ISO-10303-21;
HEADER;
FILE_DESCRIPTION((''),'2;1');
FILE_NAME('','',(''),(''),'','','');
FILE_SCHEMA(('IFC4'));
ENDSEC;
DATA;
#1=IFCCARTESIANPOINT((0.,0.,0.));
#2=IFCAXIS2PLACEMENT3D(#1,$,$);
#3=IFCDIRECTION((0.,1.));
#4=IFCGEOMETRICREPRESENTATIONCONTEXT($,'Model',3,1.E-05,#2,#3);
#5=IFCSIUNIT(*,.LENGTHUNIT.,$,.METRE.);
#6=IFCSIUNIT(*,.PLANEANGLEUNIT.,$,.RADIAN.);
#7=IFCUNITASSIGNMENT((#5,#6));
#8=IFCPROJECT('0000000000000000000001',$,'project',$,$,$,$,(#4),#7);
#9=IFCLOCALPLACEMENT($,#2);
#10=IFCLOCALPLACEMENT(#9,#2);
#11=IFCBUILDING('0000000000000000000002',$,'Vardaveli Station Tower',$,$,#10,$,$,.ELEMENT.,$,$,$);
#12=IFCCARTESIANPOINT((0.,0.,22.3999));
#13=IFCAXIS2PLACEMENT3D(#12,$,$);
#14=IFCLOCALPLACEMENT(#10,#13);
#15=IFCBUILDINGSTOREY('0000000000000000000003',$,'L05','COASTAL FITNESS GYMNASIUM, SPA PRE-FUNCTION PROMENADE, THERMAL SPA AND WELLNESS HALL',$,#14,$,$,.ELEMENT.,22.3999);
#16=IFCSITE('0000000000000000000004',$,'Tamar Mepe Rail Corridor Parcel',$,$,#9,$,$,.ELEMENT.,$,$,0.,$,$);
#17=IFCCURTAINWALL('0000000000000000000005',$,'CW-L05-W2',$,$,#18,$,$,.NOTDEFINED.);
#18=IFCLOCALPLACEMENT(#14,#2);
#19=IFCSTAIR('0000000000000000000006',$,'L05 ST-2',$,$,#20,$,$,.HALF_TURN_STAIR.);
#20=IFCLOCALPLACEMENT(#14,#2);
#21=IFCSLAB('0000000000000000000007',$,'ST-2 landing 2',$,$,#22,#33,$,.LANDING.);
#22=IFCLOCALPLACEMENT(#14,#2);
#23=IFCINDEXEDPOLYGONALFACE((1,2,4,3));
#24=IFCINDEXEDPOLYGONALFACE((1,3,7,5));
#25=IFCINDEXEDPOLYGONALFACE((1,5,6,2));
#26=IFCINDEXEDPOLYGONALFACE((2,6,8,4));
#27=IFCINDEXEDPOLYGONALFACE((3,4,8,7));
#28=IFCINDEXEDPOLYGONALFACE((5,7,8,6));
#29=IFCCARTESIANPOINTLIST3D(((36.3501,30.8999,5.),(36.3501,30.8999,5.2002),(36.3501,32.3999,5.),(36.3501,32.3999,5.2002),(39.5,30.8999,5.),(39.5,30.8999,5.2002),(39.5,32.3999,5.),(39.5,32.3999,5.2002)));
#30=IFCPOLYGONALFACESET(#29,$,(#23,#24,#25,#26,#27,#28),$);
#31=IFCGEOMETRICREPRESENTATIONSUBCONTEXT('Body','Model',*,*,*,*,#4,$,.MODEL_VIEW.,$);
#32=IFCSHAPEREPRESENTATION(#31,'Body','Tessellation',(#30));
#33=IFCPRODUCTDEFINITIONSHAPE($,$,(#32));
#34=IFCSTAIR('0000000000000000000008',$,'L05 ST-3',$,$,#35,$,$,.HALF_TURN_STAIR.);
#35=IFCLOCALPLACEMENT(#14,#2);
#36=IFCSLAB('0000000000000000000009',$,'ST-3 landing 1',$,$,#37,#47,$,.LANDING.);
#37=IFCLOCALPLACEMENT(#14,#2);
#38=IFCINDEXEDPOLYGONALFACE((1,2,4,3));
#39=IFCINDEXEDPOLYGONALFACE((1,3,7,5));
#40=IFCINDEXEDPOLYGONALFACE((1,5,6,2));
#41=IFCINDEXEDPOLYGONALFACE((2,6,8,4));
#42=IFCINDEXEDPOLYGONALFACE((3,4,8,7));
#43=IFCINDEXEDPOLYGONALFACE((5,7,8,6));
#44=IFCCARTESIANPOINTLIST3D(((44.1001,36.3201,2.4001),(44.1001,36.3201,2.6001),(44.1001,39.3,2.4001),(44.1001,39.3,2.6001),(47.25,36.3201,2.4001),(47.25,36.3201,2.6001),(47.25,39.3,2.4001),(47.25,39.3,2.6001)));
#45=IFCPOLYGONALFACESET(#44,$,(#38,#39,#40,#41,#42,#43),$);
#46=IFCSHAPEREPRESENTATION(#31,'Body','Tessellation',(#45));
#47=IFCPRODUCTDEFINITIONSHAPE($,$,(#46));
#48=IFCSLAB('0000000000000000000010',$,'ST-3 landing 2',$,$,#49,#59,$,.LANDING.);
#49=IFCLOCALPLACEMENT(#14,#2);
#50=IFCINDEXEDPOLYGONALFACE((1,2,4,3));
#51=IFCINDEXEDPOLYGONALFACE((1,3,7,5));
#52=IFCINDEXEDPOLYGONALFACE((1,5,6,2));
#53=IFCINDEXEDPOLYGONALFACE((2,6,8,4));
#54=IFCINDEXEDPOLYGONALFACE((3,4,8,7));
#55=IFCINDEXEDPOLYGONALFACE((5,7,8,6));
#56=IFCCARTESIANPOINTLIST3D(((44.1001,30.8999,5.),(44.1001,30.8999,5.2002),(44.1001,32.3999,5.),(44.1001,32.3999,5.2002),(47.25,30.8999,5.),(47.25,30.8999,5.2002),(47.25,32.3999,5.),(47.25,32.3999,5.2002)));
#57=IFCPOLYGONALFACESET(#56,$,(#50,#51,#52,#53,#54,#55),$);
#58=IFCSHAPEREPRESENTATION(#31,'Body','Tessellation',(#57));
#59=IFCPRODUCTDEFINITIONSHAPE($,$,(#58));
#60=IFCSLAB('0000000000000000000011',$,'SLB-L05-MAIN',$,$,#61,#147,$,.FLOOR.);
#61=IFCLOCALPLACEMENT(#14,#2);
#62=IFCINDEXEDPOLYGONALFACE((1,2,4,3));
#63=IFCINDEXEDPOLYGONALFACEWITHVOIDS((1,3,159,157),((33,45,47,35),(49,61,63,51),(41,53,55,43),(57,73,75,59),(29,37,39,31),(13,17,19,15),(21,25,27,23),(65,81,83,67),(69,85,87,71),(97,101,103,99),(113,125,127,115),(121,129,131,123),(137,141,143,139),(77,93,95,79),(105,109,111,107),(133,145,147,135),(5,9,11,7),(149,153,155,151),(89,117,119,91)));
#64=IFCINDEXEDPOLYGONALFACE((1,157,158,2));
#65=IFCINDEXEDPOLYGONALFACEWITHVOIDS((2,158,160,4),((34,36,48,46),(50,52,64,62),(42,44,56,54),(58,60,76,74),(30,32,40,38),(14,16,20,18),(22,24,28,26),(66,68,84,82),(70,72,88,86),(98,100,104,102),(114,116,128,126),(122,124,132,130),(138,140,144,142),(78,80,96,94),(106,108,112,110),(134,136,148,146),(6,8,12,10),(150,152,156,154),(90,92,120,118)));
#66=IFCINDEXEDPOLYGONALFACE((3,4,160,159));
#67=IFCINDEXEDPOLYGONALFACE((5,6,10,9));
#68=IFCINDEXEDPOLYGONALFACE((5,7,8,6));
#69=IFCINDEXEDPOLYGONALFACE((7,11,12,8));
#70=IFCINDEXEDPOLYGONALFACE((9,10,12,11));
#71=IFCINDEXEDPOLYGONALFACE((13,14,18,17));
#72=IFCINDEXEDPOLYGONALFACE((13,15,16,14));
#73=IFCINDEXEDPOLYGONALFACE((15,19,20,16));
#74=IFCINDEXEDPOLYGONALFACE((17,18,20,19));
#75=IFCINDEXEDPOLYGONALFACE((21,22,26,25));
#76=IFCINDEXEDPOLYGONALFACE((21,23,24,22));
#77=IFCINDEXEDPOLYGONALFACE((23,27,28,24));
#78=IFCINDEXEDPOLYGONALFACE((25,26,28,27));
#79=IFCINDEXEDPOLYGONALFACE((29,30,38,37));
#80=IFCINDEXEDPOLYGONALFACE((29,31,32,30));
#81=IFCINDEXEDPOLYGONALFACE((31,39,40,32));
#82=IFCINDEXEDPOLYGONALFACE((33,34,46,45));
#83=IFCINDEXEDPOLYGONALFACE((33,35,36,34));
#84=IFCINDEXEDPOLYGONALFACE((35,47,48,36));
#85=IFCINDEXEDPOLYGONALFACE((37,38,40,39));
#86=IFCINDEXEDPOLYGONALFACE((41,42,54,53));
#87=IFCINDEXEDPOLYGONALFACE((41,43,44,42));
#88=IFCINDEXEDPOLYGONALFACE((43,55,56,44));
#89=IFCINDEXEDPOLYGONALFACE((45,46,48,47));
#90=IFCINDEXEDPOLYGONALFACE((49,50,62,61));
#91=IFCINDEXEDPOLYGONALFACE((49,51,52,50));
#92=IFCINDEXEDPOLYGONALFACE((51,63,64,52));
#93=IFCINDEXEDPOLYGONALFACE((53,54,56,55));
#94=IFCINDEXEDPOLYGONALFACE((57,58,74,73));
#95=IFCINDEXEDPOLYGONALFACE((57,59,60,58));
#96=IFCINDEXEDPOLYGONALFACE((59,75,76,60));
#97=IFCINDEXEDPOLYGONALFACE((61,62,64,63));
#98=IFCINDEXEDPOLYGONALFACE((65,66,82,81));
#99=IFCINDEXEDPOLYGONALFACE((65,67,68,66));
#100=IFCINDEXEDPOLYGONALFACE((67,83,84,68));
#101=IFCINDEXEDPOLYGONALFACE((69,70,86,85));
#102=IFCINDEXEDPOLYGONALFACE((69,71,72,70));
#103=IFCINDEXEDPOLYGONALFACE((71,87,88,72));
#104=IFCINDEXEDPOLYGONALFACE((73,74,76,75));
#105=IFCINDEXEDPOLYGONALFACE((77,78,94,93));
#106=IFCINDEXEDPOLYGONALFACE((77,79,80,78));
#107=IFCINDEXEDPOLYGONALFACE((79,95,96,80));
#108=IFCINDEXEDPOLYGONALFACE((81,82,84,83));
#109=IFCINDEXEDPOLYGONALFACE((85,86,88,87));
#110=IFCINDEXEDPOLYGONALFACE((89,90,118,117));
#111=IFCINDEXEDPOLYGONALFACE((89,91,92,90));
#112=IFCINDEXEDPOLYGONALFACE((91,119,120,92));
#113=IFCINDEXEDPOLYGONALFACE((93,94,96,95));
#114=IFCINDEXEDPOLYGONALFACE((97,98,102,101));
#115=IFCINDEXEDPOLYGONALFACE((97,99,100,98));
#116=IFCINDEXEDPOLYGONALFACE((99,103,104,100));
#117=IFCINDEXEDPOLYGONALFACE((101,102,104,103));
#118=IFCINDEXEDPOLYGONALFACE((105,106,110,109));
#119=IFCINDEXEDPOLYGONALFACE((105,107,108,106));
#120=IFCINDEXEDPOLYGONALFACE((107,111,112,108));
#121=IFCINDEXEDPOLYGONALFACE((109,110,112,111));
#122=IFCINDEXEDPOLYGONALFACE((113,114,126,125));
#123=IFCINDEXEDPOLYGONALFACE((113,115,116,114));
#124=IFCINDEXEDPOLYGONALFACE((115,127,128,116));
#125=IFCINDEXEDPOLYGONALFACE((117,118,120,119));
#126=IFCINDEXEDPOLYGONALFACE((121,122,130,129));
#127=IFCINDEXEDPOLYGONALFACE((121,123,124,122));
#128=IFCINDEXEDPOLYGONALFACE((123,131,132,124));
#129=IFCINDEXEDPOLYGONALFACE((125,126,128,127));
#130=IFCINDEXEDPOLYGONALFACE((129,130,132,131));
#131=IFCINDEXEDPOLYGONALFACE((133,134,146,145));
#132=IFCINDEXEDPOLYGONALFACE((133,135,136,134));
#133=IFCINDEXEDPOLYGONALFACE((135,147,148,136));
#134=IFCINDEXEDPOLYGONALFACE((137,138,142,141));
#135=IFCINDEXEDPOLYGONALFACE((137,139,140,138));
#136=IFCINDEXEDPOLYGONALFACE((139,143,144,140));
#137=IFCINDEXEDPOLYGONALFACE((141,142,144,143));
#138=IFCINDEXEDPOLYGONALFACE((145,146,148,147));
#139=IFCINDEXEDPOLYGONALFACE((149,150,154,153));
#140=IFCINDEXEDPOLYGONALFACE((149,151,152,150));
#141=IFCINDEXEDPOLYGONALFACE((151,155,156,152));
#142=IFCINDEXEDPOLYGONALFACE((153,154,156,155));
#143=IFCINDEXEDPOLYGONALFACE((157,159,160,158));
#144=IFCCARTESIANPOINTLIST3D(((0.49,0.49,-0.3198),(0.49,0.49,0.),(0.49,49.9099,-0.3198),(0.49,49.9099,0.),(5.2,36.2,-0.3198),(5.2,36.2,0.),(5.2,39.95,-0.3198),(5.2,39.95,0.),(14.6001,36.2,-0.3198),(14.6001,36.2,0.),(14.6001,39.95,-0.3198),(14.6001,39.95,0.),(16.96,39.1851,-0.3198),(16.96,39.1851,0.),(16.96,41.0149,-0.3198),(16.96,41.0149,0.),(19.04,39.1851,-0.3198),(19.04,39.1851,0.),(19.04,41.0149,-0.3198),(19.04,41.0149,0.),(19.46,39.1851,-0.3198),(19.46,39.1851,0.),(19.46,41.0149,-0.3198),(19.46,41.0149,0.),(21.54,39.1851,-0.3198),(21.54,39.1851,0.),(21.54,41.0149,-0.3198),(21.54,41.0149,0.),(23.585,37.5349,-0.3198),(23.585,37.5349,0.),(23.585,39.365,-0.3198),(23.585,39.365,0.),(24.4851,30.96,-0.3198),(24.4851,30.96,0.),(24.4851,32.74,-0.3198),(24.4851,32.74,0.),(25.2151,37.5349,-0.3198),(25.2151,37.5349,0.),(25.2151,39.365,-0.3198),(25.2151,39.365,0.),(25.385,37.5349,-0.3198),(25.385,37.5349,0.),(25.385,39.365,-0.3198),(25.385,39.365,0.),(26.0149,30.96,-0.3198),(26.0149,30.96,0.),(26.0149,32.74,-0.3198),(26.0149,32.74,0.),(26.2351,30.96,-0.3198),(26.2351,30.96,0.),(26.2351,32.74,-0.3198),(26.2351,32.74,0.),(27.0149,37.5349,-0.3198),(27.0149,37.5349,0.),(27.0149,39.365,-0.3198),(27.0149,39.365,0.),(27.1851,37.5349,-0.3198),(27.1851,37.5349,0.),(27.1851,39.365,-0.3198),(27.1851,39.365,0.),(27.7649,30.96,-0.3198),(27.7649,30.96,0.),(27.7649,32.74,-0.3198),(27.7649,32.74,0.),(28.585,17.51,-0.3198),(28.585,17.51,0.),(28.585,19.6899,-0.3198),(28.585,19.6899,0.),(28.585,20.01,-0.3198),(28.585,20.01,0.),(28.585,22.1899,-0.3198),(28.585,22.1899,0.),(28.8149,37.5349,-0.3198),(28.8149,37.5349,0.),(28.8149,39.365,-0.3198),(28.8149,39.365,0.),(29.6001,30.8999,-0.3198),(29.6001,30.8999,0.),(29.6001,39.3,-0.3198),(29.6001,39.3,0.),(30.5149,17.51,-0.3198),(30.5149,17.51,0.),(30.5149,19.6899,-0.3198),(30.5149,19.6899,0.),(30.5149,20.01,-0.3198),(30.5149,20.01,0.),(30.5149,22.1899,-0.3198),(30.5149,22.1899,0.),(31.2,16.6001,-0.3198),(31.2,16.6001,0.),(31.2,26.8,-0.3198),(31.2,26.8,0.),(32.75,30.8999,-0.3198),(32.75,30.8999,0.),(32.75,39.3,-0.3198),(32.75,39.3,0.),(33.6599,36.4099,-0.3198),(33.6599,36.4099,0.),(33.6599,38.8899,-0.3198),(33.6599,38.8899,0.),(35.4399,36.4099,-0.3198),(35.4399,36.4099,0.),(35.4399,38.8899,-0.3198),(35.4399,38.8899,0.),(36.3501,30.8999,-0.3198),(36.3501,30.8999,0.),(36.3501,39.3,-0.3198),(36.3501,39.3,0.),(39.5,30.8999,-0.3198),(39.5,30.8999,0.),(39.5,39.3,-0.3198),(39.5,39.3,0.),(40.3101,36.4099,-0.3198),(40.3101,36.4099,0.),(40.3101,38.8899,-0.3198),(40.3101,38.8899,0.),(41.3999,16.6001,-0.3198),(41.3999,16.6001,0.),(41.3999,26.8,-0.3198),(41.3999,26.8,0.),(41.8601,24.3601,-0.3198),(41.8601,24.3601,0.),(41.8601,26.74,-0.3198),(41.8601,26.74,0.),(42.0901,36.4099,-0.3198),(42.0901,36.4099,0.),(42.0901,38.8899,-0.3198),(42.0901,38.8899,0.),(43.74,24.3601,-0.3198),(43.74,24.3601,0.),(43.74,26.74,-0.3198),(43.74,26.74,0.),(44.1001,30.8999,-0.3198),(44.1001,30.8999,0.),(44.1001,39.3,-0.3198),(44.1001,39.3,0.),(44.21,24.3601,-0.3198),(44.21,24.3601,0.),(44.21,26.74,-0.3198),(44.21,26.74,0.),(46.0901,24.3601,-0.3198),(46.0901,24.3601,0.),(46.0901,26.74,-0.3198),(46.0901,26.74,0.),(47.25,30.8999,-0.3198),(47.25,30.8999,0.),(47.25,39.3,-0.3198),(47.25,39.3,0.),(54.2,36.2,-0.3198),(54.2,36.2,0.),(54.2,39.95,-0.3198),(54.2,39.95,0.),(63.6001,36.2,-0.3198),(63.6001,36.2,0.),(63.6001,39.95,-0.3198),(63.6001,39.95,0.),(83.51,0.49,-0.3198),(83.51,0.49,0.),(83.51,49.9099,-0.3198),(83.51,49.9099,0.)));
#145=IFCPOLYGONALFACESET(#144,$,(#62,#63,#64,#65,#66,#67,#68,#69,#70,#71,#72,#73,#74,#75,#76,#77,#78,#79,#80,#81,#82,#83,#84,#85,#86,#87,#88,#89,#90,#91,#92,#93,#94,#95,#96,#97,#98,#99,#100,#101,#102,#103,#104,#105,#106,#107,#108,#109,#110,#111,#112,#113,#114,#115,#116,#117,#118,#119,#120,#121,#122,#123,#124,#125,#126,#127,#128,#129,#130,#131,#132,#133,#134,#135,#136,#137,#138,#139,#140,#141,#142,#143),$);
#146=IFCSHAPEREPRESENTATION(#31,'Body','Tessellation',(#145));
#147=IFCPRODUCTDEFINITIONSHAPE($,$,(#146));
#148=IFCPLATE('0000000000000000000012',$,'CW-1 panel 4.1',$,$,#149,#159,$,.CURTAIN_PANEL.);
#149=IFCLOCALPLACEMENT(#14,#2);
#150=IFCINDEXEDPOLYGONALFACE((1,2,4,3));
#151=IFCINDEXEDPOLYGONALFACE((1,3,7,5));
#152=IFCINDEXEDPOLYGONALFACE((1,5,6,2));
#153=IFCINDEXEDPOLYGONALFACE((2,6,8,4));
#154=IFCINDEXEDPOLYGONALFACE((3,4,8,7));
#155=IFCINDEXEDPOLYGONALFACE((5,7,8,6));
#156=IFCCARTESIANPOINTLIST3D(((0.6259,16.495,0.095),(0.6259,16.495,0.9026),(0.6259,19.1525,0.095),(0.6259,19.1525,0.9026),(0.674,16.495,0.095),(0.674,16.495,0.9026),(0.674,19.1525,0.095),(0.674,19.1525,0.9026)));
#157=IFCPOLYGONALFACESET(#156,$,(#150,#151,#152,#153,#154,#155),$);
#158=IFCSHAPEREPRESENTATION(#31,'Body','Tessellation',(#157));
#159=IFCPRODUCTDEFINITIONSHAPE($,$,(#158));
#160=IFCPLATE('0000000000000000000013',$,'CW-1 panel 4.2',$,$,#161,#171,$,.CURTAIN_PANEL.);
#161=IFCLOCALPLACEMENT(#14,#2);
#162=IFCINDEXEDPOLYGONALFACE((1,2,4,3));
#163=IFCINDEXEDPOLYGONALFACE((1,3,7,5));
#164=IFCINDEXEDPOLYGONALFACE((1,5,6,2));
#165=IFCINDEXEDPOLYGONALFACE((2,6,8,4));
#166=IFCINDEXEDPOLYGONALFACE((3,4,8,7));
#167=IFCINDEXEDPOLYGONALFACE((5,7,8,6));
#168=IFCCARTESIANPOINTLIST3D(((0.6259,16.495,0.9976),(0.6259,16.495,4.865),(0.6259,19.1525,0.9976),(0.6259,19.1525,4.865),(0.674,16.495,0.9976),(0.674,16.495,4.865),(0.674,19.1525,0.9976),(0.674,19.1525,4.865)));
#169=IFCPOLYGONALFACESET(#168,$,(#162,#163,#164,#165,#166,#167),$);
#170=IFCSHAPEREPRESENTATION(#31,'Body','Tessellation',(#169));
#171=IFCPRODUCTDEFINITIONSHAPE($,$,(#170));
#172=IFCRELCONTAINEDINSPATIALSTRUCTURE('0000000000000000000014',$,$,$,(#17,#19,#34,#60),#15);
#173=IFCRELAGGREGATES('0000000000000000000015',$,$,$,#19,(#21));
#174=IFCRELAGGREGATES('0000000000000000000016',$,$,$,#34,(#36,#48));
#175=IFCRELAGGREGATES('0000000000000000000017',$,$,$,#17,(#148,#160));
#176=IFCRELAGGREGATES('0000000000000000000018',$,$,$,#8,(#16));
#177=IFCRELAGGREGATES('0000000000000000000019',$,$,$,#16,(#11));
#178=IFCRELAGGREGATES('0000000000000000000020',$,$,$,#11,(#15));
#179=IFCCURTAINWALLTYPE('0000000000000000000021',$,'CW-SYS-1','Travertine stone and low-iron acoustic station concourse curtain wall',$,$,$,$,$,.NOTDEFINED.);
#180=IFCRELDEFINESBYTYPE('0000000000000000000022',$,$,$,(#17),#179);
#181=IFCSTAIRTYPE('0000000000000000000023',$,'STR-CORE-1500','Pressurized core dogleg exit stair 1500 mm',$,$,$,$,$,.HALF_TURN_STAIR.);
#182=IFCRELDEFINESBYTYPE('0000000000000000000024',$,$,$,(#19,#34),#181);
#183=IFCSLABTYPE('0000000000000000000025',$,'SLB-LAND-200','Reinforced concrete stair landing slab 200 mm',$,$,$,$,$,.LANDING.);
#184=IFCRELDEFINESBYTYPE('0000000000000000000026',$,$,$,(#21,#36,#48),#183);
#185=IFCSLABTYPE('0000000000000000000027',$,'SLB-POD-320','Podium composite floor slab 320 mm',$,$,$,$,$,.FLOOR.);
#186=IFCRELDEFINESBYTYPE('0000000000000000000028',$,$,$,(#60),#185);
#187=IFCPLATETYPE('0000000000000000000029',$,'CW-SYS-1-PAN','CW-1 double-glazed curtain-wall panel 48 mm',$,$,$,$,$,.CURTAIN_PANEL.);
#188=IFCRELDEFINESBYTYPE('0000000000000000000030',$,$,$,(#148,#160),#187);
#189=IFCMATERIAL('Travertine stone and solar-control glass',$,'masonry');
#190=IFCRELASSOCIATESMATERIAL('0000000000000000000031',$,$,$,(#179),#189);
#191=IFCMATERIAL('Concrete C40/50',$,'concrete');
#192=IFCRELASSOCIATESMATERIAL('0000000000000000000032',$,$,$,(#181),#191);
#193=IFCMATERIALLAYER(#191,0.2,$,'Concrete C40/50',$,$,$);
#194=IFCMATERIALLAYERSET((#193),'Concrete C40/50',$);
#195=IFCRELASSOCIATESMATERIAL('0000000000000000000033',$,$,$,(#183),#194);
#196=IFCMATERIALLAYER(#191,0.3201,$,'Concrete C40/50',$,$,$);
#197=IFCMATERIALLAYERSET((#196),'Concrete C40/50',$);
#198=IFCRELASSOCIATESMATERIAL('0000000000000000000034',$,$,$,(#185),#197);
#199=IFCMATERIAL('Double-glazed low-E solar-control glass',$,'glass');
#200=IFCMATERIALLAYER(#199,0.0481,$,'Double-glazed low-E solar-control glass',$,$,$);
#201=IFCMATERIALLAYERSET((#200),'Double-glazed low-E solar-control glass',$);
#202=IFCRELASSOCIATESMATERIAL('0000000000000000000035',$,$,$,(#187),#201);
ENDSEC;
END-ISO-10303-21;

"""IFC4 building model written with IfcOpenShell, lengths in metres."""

from ifc_helpers import new_model, si_unit, direction, frame, origin, origin_2d, place, context, subcontext, project, spatial, polyline, rectangle, outline, extrude, source, transform, mapped, material, layer, layer_set, type_object, element, aggregate, save


model = new_model("IFC4")

# Units and contexts
model_context = context("Model", 3, precision=1e-05, world=origin(), true_north=direction((0.0, 1.0)))
body_context = subcontext(model_context, "Body", "Model", "MODEL_VIEW")
ifc_project = project(units=[si_unit("LENGTHUNIT", "METRE"), si_unit("PLANEANGLEUNIT", "RADIAN")], contexts=[model_context])

# Site, building, storey
site_placement = place(None, origin())
site = spatial("IfcSite", under=ifc_project, at=site_placement, Name="Tamar Mepe Rail Corridor Parcel", CompositionType="ELEMENT", RefElevation=0.0)
building_placement = place(site_placement, origin())
building = spatial("IfcBuilding", under=site, at=building_placement, Name="Vardaveli Station Tower", CompositionType="ELEMENT")
storey_placement = place(building_placement, frame((0.0, 0.0, 22.3999)))
storey = spatial("IfcBuildingStorey", under=building, at=storey_placement, Name="L05", Description="COASTAL FITNESS GYMNASIUM, SPA PRE-FUNCTION PROMENADE, THERMAL SPA AND WELLNESS HALL", CompositionType="ELEMENT", Elevation=22.3999)

# Curtain wall
ifc_material_1 = material(Name="Travertine stone and solar-control glass", Category="masonry")
curtain_wall_type = type_object("IfcCurtainWallType", Name="CW-SYS-1", Description="Travertine stone and low-iron acoustic station concourse curtain wall", PredefinedType="NOTDEFINED", material=ifc_material_1)
curtain_wall_1_placement = place(storey_placement, origin())
curtain_wall_1 = element("IfcCurtainWall", 1, at=curtain_wall_1_placement, inside=storey, type_object=curtain_wall_type, Name="CW-L05-W2", PredefinedType="NOTDEFINED")

# Stairs, slabs
ifc_material_2 = material(Name="Concrete C40/50", Category="concrete")
stair_type = type_object("IfcStairType", Name="STR-CORE-1500", Description="Pressurized core dogleg exit stair 1500 mm", PredefinedType="HALF_TURN_STAIR", material=ifc_material_2)
ifc_layer_1 = layer(ifc_material_2, 0.2, Name="Concrete C40/50")
ifc_layer_set_1 = layer_set([ifc_layer_1], Name="Concrete C40/50")
slab_type_1 = type_object("IfcSlabType", Name="SLB-LAND-200", Description="Reinforced concrete stair landing slab 200 mm", PredefinedType="LANDING", material=ifc_layer_set_1)
stair_1_placement = place(storey_placement, origin())
stair_1 = element("IfcStair", 2, at=stair_1_placement, inside=storey, type_object=stair_type, Name="L05 ST-2", PredefinedType="HALF_TURN_STAIR")
slab_1_placement = place(storey_placement, frame((0.0, 0.0, 5.0)))
slab_1 = element("IfcSlab", 3, at=slab_1_placement, type_object=slab_type_1, Name="ST-2 landing 2", PredefinedType="LANDING", context=body_context, shape_type="SweptSolid", body=[
    extrude(outline(polyline([(39.5, 30.8999), (39.5, 32.3999), (36.3501, 32.3999), (36.3501, 30.8999), (39.5, 30.8999)])), origin(), (0.0, 0.0, 1.0), 0.2002),
])
aggregate(stair_1, [slab_1])
stair_2_placement = place(storey_placement, origin())
stair_2 = element("IfcStair", 4, at=stair_2_placement, inside=storey, type_object=stair_type, Name="L05 ST-3", PredefinedType="HALF_TURN_STAIR")
slab_2_placement = place(storey_placement, frame((0.0, 0.0, 2.4001)))
slab_2 = element("IfcSlab", 5, at=slab_2_placement, type_object=slab_type_1, Name="ST-3 landing 1", PredefinedType="LANDING", context=body_context, shape_type="SweptSolid", body=[
    extrude(outline(polyline([(47.25, 36.3201), (47.25, 39.3), (44.1001, 39.3), (44.1001, 36.3201), (47.25, 36.3201)])), origin(), (0.0, 0.0, 1.0), 0.2),
])
slab_3_placement = place(storey_placement, frame((0.0, 0.0, 5.0)))
slab_3 = element("IfcSlab", 6, at=slab_3_placement, type_object=slab_type_1, Name="ST-3 landing 2", PredefinedType="LANDING", context=body_context, shape_type="SweptSolid", body=[
    extrude(outline(polyline([(47.25, 30.8999), (47.25, 32.3999), (44.1001, 32.3999), (44.1001, 30.8999), (47.25, 30.8999)])), origin(), (0.0, 0.0, 1.0), 0.2002),
])
aggregate(stair_2, [slab_2, slab_3])

# Slab
ifc_layer_2 = layer(ifc_material_2, 0.3201, Name="Concrete C40/50")
ifc_layer_set_2 = layer_set([ifc_layer_2], Name="Concrete C40/50")
slab_type_2 = type_object("IfcSlabType", Name="SLB-POD-320", Description="Podium composite floor slab 320 mm", PredefinedType="FLOOR", material=ifc_layer_set_2)
slab_4_placement = place(storey_placement, frame((0.0, 0.0, -0.3198)))
element("IfcSlab", 7, at=slab_4_placement, inside=storey, type_object=slab_type_2, Name="SLB-L05-MAIN", PredefinedType="FLOOR", context=body_context, shape_type="SweptSolid", body=[
    extrude(outline(polyline([(0.49, 0.49), (83.51, 0.49), (83.51, 49.9099), (0.49, 49.9099), (0.49, 0.49)]), holes=[polyline([(31.2, 16.6001), (41.3999, 16.6001), (41.3999, 26.8), (31.2, 26.8), (31.2, 16.6001)]), polyline([(32.75, 30.8999), (32.75, 39.3), (29.6001, 39.3), (29.6001, 30.8999), (32.75, 30.8999)]), polyline([(39.5, 30.8999), (39.5, 39.3), (36.3501, 39.3), (36.3501, 30.8999), (39.5, 30.8999)]), polyline([(47.25, 30.8999), (47.25, 39.3), (44.1001, 39.3), (44.1001, 30.8999), (47.25, 30.8999)]), polyline([(5.2, 36.2), (14.6001, 36.2), (14.6001, 39.95), (5.2, 39.95), (5.2, 36.2)]), polyline([(54.2, 36.2), (63.6001, 36.2), (63.6001, 39.95), (54.2, 39.95), (54.2, 36.2)]), polyline([(16.96, 39.1851), (19.04, 39.1851), (19.04, 41.0149), (16.96, 41.0149), (16.96, 39.1851)]), polyline([(19.46, 39.1851), (21.54, 39.1851), (21.54, 41.0149), (19.46, 41.0149), (19.46, 39.1851)]), polyline([(23.585, 37.5349), (25.2151, 37.5349), (25.2151, 39.365), (23.585, 39.365), (23.585, 37.5349)]), polyline([(25.385, 37.5349), (27.0149, 37.5349), (27.0149, 39.365), (25.385, 39.365), (25.385, 37.5349)]), polyline([(27.1851, 37.5349), (28.8149, 37.5349), (28.8149, 39.365), (27.1851, 39.365), (27.1851, 37.5349)]), polyline([(33.6599, 36.4099), (35.4399, 36.4099), (35.4399, 38.8899), (33.6599, 38.8899), (33.6599, 36.4099)]), polyline([(40.3101, 36.4099), (42.0901, 36.4099), (42.0901, 38.8899), (40.3101, 38.8899), (40.3101, 36.4099)]), polyline([(24.4851, 30.96), (26.0149, 30.96), (26.0149, 32.74), (24.4851, 32.74), (24.4851, 30.96)]), polyline([(26.2351, 30.96), (27.7649, 30.96), (27.7649, 32.74), (26.2351, 32.74), (26.2351, 30.96)]), polyline([(28.585, 17.51), (30.5149, 17.51), (30.5149, 19.6899), (28.585, 19.6899), (28.585, 17.51)]), polyline([(28.585, 20.01), (30.5149, 20.01), (30.5149, 22.1899), (28.585, 22.1899), (28.585, 20.01)]), polyline([(41.8601, 24.3601), (43.74, 24.3601), (43.74, 26.74), (41.8601, 26.74), (41.8601, 24.3601)]), polyline([(44.21, 24.3601), (46.0901, 24.3601), (46.0901, 26.74), (44.21, 26.74), (44.21, 24.3601)])]), origin(), (0.0, 0.0, 1.0), 0.3198),
])

# Plates
ifc_material_3 = material(Name="Double-glazed low-E solar-control glass", Category="glass")
ifc_layer_3 = layer(ifc_material_3, 0.0481, Name="Double-glazed low-E solar-control glass")
ifc_layer_set_3 = layer_set([ifc_layer_3], Name="Double-glazed low-E solar-control glass")
plate_type = type_object("IfcPlateType", Name="CW-SYS-1-PAN", Description="CW-1 double-glazed curtain-wall panel 48 mm", PredefinedType="CURTAIN_PANEL", material=ifc_layer_set_3)
shared_shape_1 = source(origin(), body_context, "Body", "SweptSolid", [
    extrude(rectangle(XDim=2.6575, YDim=0.0481, at=origin_2d()), origin(), (0.0, 0.0, 1.0), 0.8076),
])
plate_1_placement = place(storey_placement, frame((0.6499, 17.8237, 0.095), z_axis=(0.0, 0.0, 1.0), x_axis=(0.0, -1.0, 0.0)))
plate_1 = element("IfcPlate", 8, at=plate_1_placement, type_object=plate_type, Name="CW-1 panel 4.1", PredefinedType="CURTAIN_PANEL", context=body_context, shape_type="MappedRepresentation", body=[
    mapped(shared_shape_1, transform((0.0, 0.0, 0.0), scale=1.0)),
])
shared_shape_2 = source(origin(), body_context, "Body", "SweptSolid", [
    extrude(rectangle(XDim=2.6575, YDim=0.0481, at=origin_2d()), origin(), (0.0, 0.0, 1.0), 3.8674),
])
plate_2_placement = place(storey_placement, frame((0.6499, 17.8237, 0.9976), z_axis=(0.0, 0.0, 1.0), x_axis=(0.0, -1.0, 0.0)))
plate_2 = element("IfcPlate", 9, at=plate_2_placement, type_object=plate_type, Name="CW-1 panel 4.2", PredefinedType="CURTAIN_PANEL", context=body_context, shape_type="MappedRepresentation", body=[
    mapped(shared_shape_2, transform((0.0, 0.0, 0.0), scale=1.0)),
])
aggregate(curtain_wall_1, [plate_1, plate_2])

save(model, "model.ifc")
